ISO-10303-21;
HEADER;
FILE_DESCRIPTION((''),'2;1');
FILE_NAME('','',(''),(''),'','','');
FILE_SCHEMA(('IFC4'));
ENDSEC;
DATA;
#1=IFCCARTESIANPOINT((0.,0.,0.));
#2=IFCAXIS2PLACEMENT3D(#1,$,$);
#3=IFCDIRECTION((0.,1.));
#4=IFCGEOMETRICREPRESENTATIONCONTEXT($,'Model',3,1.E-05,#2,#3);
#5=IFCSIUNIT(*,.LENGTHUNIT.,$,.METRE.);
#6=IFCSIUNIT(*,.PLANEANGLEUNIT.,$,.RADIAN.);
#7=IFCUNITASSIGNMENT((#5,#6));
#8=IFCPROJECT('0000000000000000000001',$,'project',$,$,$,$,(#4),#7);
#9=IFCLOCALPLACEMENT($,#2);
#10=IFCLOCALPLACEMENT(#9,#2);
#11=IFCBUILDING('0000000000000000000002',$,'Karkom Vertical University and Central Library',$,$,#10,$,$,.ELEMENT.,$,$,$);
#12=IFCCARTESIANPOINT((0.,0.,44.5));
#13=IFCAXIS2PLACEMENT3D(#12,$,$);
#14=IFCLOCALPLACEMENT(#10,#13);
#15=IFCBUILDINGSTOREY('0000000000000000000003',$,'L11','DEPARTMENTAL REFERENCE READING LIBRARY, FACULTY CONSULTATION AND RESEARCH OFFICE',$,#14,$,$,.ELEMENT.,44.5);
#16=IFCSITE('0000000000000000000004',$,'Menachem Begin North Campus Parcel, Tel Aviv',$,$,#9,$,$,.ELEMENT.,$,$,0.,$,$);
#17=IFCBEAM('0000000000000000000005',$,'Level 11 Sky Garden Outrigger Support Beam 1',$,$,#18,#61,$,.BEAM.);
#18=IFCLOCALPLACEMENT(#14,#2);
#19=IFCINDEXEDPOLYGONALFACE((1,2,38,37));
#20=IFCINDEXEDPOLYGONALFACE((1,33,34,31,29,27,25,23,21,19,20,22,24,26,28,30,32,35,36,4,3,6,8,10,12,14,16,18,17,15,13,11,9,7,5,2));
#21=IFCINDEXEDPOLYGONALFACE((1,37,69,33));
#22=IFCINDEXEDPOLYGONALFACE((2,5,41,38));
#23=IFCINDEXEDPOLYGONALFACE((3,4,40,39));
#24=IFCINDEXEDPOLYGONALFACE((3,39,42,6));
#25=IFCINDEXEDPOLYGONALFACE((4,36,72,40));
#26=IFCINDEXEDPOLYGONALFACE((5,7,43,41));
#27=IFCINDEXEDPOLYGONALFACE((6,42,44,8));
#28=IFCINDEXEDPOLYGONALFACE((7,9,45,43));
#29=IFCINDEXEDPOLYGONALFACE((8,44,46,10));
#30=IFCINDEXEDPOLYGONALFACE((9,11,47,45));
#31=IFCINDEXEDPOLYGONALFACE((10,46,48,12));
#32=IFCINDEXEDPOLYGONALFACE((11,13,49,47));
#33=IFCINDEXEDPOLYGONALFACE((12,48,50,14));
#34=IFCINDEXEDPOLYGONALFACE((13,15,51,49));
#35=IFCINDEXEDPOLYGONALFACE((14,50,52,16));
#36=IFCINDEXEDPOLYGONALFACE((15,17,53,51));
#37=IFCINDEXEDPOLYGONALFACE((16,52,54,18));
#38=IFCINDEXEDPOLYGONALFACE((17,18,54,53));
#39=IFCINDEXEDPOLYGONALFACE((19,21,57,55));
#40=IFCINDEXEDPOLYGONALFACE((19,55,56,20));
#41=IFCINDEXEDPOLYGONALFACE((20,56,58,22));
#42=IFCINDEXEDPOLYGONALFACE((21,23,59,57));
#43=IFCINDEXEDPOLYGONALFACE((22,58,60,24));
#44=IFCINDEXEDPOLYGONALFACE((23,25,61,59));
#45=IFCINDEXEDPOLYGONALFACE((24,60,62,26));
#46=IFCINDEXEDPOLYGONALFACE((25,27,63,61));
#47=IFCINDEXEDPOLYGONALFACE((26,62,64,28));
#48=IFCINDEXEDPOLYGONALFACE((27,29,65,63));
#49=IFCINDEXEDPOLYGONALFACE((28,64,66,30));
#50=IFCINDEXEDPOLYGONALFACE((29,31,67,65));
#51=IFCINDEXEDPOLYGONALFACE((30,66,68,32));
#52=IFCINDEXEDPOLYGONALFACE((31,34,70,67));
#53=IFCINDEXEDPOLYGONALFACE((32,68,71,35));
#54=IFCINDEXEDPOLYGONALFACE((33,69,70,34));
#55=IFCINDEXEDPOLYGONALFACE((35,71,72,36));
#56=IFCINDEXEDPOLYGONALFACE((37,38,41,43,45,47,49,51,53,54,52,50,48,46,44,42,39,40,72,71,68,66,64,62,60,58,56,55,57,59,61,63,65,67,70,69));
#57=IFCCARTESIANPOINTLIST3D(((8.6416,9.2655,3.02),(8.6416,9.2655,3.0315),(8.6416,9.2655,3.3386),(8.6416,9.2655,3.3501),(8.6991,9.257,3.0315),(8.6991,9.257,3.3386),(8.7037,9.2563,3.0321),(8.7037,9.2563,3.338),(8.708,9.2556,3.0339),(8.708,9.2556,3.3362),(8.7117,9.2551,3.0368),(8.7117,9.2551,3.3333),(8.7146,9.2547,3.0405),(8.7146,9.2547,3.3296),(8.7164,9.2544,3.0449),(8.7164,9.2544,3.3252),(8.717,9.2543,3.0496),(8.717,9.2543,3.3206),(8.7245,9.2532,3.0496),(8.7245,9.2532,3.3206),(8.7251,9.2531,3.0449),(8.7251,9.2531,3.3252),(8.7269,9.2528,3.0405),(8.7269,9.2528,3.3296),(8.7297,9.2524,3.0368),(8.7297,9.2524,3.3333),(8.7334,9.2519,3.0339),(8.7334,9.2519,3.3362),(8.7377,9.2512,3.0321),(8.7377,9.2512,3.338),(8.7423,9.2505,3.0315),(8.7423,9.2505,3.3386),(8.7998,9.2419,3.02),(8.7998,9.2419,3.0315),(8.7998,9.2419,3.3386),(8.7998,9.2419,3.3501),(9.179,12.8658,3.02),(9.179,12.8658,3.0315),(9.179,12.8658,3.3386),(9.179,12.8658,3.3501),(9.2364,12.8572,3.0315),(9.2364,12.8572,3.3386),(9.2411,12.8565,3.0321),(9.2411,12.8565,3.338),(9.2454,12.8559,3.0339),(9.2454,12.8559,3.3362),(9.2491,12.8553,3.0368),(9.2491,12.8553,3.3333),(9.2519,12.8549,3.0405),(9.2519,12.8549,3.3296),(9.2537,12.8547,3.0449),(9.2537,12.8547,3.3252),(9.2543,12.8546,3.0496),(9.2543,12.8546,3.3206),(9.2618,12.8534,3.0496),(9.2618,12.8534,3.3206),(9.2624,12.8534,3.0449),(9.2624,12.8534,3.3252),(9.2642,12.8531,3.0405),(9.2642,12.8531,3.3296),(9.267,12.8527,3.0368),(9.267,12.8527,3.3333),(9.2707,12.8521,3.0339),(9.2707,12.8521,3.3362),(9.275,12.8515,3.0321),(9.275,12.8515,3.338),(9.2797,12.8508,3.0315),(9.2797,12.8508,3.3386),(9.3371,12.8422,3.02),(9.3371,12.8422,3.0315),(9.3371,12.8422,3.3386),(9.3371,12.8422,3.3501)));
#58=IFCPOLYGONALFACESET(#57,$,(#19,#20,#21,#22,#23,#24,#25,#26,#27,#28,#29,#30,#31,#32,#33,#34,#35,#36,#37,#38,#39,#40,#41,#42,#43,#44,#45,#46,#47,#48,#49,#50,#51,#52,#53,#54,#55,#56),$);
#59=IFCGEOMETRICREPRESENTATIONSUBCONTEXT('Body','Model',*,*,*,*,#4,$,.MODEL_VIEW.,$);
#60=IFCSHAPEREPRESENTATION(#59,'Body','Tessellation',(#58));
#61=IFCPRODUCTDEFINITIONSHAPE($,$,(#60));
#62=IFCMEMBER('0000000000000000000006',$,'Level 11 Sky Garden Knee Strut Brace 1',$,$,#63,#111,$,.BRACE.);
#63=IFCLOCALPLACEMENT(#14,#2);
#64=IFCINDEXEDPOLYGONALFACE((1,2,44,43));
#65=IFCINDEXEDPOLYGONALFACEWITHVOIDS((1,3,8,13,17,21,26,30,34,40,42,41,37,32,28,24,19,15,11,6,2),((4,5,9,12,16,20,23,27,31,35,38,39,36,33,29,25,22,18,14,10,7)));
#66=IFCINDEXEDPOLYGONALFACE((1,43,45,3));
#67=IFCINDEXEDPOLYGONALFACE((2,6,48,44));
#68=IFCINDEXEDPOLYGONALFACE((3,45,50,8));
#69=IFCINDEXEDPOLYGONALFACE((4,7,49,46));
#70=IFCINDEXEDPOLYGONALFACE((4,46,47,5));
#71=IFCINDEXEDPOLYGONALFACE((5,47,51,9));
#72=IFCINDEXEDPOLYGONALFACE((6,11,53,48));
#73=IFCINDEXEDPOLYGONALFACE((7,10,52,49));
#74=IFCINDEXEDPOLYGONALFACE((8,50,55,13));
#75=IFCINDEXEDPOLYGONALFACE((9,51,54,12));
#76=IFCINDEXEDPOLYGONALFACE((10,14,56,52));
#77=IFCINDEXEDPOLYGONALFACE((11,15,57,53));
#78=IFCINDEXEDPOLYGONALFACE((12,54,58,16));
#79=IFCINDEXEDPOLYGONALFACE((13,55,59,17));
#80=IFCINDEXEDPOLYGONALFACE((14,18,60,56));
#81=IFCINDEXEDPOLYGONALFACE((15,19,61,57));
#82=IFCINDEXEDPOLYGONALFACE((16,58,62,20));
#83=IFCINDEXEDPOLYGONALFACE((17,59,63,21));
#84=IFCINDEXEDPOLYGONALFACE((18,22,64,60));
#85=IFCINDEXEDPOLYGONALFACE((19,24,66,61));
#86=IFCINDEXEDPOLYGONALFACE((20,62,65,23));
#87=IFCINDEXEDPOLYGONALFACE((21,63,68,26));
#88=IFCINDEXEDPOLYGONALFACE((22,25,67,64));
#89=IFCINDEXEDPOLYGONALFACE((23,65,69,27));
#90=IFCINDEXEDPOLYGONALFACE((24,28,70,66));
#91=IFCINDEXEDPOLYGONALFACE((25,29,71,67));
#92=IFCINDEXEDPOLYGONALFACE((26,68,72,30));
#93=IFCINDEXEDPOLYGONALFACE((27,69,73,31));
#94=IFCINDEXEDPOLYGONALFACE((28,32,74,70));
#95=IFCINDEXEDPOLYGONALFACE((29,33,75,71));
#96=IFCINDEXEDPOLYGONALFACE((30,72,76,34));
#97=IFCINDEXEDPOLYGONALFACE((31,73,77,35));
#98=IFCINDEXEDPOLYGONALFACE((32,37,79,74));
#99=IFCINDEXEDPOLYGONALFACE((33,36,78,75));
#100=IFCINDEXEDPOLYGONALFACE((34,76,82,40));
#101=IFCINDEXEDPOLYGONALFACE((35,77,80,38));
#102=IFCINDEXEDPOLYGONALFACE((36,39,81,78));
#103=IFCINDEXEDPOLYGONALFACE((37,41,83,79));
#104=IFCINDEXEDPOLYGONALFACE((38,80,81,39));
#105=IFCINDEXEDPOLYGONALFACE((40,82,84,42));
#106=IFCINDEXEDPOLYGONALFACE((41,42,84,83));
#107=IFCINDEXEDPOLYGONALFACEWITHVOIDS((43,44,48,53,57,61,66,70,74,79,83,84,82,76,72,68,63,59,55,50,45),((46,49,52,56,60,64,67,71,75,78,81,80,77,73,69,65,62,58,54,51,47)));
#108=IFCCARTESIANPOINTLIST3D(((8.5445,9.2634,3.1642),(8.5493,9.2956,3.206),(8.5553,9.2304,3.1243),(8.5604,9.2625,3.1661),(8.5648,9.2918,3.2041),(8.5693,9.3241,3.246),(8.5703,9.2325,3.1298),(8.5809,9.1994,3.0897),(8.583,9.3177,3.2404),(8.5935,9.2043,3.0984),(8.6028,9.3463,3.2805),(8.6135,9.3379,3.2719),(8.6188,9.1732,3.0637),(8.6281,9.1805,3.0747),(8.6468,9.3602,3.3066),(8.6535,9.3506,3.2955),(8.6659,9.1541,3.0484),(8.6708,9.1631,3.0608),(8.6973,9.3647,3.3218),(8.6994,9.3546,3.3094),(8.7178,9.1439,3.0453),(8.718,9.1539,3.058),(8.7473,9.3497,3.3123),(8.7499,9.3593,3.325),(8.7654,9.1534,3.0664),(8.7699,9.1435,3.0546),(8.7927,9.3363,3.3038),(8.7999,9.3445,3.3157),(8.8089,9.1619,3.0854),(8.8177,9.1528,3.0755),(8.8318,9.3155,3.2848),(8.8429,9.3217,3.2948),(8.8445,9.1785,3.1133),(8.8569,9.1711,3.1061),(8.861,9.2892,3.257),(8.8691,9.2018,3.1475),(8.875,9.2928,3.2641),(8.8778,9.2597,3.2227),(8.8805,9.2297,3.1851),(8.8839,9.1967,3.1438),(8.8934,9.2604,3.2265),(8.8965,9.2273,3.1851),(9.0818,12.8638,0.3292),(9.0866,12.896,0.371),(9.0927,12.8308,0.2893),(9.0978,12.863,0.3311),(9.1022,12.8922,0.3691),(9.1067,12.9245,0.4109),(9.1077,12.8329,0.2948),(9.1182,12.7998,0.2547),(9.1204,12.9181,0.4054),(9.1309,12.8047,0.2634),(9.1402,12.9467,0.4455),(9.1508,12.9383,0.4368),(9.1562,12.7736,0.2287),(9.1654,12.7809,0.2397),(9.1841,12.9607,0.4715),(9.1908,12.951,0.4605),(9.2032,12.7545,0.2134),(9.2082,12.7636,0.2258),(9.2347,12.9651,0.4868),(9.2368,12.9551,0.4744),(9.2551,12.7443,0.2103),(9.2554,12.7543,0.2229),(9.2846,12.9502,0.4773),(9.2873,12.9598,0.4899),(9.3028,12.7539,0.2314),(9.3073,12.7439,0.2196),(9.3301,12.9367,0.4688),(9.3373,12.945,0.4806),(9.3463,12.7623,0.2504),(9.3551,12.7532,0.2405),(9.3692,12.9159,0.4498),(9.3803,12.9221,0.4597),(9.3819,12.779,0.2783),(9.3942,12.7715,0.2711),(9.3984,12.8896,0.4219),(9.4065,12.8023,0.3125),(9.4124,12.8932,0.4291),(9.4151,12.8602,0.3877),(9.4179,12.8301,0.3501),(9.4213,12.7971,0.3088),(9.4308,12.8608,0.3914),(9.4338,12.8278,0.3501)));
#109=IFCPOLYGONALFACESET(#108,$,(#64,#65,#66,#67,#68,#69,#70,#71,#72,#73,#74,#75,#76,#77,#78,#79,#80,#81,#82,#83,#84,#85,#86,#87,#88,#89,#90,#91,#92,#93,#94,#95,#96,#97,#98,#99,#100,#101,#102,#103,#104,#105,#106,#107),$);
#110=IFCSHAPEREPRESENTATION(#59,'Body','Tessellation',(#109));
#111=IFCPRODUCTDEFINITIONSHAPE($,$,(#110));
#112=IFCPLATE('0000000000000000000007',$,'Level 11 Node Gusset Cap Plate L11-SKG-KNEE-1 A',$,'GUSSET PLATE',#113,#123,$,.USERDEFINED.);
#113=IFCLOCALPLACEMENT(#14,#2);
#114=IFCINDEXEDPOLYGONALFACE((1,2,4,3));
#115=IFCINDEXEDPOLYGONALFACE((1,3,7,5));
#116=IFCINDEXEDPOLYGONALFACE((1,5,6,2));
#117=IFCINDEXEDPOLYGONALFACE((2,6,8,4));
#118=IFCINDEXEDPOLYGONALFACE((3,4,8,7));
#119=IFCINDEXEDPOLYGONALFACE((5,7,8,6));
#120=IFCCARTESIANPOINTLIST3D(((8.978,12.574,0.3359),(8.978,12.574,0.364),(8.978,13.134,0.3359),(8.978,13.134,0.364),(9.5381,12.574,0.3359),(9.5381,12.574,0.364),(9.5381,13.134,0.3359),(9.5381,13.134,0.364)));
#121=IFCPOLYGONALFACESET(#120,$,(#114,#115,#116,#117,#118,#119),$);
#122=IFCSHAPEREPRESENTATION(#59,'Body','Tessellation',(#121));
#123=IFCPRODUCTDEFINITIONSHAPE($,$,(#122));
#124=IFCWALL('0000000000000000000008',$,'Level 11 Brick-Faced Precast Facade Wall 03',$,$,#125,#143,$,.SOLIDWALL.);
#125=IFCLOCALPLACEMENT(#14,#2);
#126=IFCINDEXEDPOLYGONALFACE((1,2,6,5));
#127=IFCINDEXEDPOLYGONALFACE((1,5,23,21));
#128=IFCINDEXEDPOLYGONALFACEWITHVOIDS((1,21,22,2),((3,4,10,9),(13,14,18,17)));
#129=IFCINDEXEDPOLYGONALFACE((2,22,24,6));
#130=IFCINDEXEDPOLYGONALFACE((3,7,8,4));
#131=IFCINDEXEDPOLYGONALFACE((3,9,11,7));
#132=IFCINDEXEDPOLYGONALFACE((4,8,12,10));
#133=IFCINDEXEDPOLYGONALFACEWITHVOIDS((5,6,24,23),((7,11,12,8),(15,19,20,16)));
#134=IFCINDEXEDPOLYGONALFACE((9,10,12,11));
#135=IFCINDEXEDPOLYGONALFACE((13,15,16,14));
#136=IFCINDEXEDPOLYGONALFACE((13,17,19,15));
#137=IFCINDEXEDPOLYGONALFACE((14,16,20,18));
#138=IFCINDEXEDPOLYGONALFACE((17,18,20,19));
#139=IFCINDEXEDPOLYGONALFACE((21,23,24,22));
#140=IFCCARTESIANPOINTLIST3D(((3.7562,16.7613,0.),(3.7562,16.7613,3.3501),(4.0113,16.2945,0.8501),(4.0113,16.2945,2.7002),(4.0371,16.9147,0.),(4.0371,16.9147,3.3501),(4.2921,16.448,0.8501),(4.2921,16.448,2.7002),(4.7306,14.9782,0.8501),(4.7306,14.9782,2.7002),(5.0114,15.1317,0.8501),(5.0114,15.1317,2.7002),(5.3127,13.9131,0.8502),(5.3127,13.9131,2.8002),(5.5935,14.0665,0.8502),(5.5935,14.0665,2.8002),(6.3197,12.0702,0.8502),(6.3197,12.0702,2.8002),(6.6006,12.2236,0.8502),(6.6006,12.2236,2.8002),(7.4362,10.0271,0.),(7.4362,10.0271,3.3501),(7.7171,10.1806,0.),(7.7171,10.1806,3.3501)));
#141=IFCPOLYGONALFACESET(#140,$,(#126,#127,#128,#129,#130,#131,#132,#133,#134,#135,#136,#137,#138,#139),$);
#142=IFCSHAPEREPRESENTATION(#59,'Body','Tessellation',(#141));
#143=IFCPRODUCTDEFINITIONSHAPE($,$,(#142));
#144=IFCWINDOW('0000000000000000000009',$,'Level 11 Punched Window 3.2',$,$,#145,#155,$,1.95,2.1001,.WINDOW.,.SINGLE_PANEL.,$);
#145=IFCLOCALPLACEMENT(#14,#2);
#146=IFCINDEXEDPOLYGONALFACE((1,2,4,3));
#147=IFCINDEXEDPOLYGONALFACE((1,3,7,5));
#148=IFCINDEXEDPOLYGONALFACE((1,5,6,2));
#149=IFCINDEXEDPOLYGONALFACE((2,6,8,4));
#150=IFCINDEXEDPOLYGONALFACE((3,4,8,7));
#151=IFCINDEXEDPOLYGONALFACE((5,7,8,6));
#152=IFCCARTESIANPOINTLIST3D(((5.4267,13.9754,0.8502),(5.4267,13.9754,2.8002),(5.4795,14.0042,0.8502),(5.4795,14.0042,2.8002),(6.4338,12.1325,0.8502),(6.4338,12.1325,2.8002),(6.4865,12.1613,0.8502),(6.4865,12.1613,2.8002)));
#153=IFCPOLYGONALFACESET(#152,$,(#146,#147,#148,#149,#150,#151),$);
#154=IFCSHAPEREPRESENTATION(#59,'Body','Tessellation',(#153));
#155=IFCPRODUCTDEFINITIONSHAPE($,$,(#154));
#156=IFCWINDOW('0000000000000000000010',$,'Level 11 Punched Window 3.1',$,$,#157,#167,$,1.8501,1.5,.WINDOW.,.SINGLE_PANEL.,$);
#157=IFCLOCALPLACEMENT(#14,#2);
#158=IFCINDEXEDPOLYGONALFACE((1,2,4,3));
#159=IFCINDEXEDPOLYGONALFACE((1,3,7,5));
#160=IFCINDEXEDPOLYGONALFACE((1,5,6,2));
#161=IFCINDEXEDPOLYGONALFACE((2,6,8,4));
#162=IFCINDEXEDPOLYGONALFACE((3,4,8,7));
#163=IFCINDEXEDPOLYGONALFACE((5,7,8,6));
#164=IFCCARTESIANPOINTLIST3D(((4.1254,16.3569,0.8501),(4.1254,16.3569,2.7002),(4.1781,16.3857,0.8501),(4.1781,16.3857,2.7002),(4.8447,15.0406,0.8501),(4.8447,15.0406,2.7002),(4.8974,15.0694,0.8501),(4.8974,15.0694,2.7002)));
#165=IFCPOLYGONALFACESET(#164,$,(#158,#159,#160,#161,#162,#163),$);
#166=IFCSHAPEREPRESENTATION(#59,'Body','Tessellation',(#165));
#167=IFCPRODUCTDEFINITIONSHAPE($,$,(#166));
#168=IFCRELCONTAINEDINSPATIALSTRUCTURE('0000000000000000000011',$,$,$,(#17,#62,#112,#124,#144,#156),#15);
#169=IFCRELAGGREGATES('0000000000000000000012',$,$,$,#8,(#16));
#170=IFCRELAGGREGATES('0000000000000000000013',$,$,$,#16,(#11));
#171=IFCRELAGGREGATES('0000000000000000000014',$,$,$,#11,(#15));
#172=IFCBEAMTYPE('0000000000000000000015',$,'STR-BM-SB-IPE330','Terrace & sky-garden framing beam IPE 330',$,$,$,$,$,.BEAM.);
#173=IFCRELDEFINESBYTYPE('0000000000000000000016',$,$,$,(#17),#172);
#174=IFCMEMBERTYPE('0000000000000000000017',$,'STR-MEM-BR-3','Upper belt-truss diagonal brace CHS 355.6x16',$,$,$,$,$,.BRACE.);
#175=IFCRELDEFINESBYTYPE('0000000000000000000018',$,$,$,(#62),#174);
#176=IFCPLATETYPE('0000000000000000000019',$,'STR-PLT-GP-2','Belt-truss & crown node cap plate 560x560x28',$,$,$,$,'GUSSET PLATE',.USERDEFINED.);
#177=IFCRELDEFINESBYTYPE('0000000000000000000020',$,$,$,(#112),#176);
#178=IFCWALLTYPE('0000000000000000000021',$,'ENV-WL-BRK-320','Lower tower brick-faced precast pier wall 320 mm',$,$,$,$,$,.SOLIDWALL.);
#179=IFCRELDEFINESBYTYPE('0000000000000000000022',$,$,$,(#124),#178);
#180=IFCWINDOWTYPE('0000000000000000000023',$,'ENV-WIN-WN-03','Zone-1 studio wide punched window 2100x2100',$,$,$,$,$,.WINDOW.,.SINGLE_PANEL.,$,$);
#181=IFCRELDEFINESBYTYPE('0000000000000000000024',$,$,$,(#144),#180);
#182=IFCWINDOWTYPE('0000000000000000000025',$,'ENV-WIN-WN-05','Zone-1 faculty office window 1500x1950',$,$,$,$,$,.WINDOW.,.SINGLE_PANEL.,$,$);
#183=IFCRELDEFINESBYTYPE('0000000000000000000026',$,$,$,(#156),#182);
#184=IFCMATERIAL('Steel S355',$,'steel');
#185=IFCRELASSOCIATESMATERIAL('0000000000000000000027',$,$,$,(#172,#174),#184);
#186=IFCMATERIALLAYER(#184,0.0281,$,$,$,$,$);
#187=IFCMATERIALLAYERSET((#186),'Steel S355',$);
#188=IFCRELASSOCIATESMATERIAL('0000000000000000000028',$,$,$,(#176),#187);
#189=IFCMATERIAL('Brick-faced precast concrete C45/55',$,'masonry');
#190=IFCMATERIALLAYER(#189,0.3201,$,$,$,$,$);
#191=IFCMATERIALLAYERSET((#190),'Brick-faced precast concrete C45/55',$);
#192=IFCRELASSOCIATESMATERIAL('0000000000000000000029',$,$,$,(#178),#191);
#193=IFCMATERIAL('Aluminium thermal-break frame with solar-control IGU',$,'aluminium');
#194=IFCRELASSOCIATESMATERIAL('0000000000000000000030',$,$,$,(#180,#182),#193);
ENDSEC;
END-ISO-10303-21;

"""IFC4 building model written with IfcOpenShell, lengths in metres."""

from ifc_helpers import new_model, si_unit, direction, frame, frame_2d, origin, origin_with_axes, origin_2d, place, context, subcontext, project, spatial, rectangle, hollow_circle, i_section, extrude, source, transform, mapped, material, layer, layer_set, material_profile, profile_set, type_object, element, fill, save


model = new_model("IFC4")

# Units and contexts
model_context = context("Model", 3, precision=1e-05, world=origin(), true_north=direction((0.0, 1.0)))
body_context = subcontext(model_context, "Body", "Model", "MODEL_VIEW")
ifc_project = project(units=[si_unit("LENGTHUNIT", "METRE"), si_unit("PLANEANGLEUNIT", "RADIAN")], contexts=[model_context])

# Site, building, storey
site_placement = place(None, origin())
site = spatial("IfcSite", under=ifc_project, at=site_placement, Name="Menachem Begin North Campus Parcel, Tel Aviv", CompositionType="ELEMENT", RefElevation=0.0)
building_placement = place(site_placement, origin())
building = spatial("IfcBuilding", under=site, at=building_placement, Name="Karkom Vertical University and Central Library", CompositionType="ELEMENT")
storey_placement = place(building_placement, frame((0.0, 0.0, 44.5)))
storey = spatial("IfcBuildingStorey", under=building, at=storey_placement, Name="L11", Description="DEPARTMENTAL REFERENCE READING LIBRARY, FACULTY CONSULTATION AND RESEARCH OFFICE", CompositionType="ELEMENT", Elevation=44.5)

# Beam
ifc_material_1 = material(Name="Steel S355", Category="steel")
ifc_material_profile_1 = material_profile(ifc_material_1, i_section(OverallWidth=0.1599, OverallDepth=0.3301, WebThickness=0.0076, FlangeThickness=0.0115, FilletRadius=0.0181, at=origin_2d()), Name="IPE 330")
ifc_profile_set_1 = profile_set([ifc_material_profile_1], Name="Steel S355")
beam_type_1 = type_object("IfcBeamType", Name="STR-BM-SB-IPE330", Description="Terrace & sky-garden framing beam IPE 330", PredefinedType="BEAM", material=ifc_profile_set_1)
shared_shape_1 = source(origin_with_axes(), body_context, "Body", "SweptSolid", [
    extrude(i_section(OverallWidth=0.1599, OverallDepth=0.3301, WebThickness=0.0076, FlangeThickness=0.0115, FilletRadius=0.0181, at=origin_2d()), origin(), (0.0, 0.0, 1.0), 3.6401),
])
beam_1_placement = place(storey_placement, frame((9.2581, 12.854, 3.1851), z_axis=(-0.147616, -0.989045, 0.0), x_axis=(0.989045, -0.147616, 0.0)))
element("IfcBeam", 1, at=beam_1_placement, inside=storey, type_object=beam_type_1, Name="Level 11 Sky Garden Outrigger Support Beam 1", PredefinedType="BEAM", context=body_context, shape_type="MappedRepresentation", body=[
    mapped(shared_shape_1, transform((0.0, 0.0, 0.0), scale=1.0)),
])

# Member
ifc_material_profile_2 = material_profile(ifc_material_1, hollow_circle(Radius=0.1777, WallThickness=0.0161, at=origin_2d()), Name="CHS 355.6x16")
ifc_profile_set_2 = profile_set([ifc_material_profile_2], Name="Steel S355")
member_type = type_object("IfcMemberType", Name="STR-MEM-BR-3", Description="Upper belt-truss diagonal brace CHS 355.6x16", PredefinedType="BRACE", material=ifc_profile_set_2)
shared_shape_2 = source(origin_with_axes(), body_context, "Body", "SweptSolid", [
    extrude(hollow_circle(Radius=0.1777, WallThickness=0.0161, at=origin_2d()), origin(), (0.0, 0.0, 1.0), 4.614),
])
member_placement = place(storey_placement, frame((9.2581, 12.854, 0.3501), z_axis=(-0.116464, -0.780322, 0.614437), x_axis=(0.989045, -0.147616, 0.0)))
element("IfcMember", 2, at=member_placement, inside=storey, type_object=member_type, Name="Level 11 Sky Garden Knee Strut Brace 1", PredefinedType="BRACE", context=body_context, shape_type="MappedRepresentation", body=[
    mapped(shared_shape_2, transform((0.0, 0.0, 0.0), scale=1.0)),
])

# Plate
ifc_layer_1 = layer(ifc_material_1, 0.0281)
ifc_layer_set_1 = layer_set([ifc_layer_1], Name="Steel S355")
plate_type = type_object("IfcPlateType", Name="STR-PLT-GP-2", Description="Belt-truss & crown node cap plate 560x560x28", ElementType="GUSSET PLATE", PredefinedType="USERDEFINED", material=ifc_layer_set_1)
shared_shape_3 = source(origin_with_axes(), body_context, "Body", "SweptSolid", [
    extrude(rectangle(XDim=0.5601, YDim=0.5601, at=origin_2d()), origin(), (0.0, 0.0, 1.0), 0.0281),
])
plate_placement = place(storey_placement, frame((9.2581, 12.854, 0.3359), z_axis=(0.0, 0.0, 1.0), x_axis=(1.0, 0.0, 0.0)))
element("IfcPlate", 3, at=plate_placement, inside=storey, type_object=plate_type, Name="Level 11 Node Gusset Cap Plate L11-SKG-KNEE-1 A", ObjectType="GUSSET PLATE", PredefinedType="USERDEFINED", context=body_context, shape_type="MappedRepresentation", body=[
    mapped(shared_shape_3, transform((0.0, 0.0, 0.0), scale=1.0)),
])

# Wall, openings, windows
ifc_material_2 = material(Name="Brick-faced precast concrete C45/55", Category="masonry")
ifc_layer_2 = layer(ifc_material_2, 0.3201)
ifc_layer_set_2 = layer_set([ifc_layer_2], Name="Brick-faced precast concrete C45/55")
wall_type_1 = type_object("IfcWallType", Name="ENV-WL-BRK-320", Description="Lower tower brick-faced precast pier wall 320 mm", PredefinedType="SOLIDWALL", material=ifc_layer_set_2)
wall_1_placement = place(storey_placement, frame((3.8967, 16.8379, 0.0), z_axis=(0.0, 0.0, 1.0), x_axis=(0.479532, -0.877524, 0.0)))
wall_1 = element("IfcWall", 4, at=wall_1_placement, inside=storey, type_object=wall_type_1, Name="Level 11 Brick-Faced Precast Facade Wall 03", PredefinedType="SOLIDWALL", context=body_context, shape_type="SweptSolid", body=[
    extrude(rectangle(XDim=7.6741, YDim=0.3201, at=frame_2d((3.8369, 0.0))), origin(), (0.0, 0.0, 1.0), 3.3501),
])
opening_1_placement = place(wall_1_placement, frame((0.5317, 0.0, 0.8501)))
opening_1 = element("IfcOpeningElement", 5, at=opening_1_placement, cuts=wall_1, PredefinedType="OPENING", context=body_context, shape_type="SweptSolid", body=[
    extrude(rectangle(XDim=1.5, YDim=1.8501, at=frame_2d((0.75, 0.925))), frame((0.0, 0.1699, 0.0), z_axis=(0.0, -1.0, 0.0), x_axis=(1.0, 0.0, 0.0)), (0.0, 0.0, 1.0), 0.3401),
])
opening_2_placement = place(wall_1_placement, frame((3.2456, 0.0, 0.8501)))
opening_2 = element("IfcOpeningElement", 6, at=opening_2_placement, cuts=wall_1, PredefinedType="OPENING", context=body_context, shape_type="SweptSolid", body=[
    extrude(rectangle(XDim=2.1001, YDim=1.95, at=frame_2d((1.05, 0.9751))), frame((0.0, 0.1699, 0.0), z_axis=(0.0, -1.0, 0.0), x_axis=(1.0, 0.0, 0.0)), (0.0, 0.0, 1.0), 0.3401),
])
ifc_material_3 = material(Name="Aluminium thermal-break frame with solar-control IGU", Category="aluminium")
window_type_1 = type_object("IfcWindowType", Name="ENV-WIN-WN-03", Description="Zone-1 studio wide punched window 2100x2100", PartitioningType="SINGLE_PANEL", PredefinedType="WINDOW", material=ifc_material_3)
shared_shape_4 = source(origin_with_axes(), body_context, "Body", "SweptSolid", [
    extrude(rectangle(XDim=2.1001, YDim=1.95, at=frame_2d((1.05, 0.9751))), frame((0.0, 0.03, 0.0), z_axis=(0.0, -1.0, 0.0), x_axis=(1.0, 0.0, 0.0)), (0.0, 0.0, 1.0), 0.0601),
])
window_1_placement = place(opening_2_placement, origin())
window_1 = element("IfcWindow", 7, at=window_1_placement, inside=storey, type_object=window_type_1, Name="Level 11 Punched Window 3.2", OverallHeight=1.95, OverallWidth=2.1001, PartitioningType="SINGLE_PANEL", PredefinedType="WINDOW", context=body_context, shape_type="MappedRepresentation", body=[
    mapped(shared_shape_4, transform((0.0, 0.0, 0.0), scale=1.0)),
])
fill(opening_2, window_1)
window_type_2 = type_object("IfcWindowType", Name="ENV-WIN-WN-05", Description="Zone-1 faculty office window 1500x1950", PartitioningType="SINGLE_PANEL", PredefinedType="WINDOW", material=ifc_material_3)
shared_shape_5 = source(origin_with_axes(), body_context, "Body", "SweptSolid", [
    extrude(rectangle(XDim=1.5, YDim=1.8501, at=frame_2d((0.75, 0.925))), frame((0.0, 0.03, 0.0), z_axis=(0.0, -1.0, 0.0), x_axis=(1.0, 0.0, 0.0)), (0.0, 0.0, 1.0), 0.0601),
])
window_2_placement = place(opening_1_placement, origin())
window_2 = element("IfcWindow", 8, at=window_2_placement, inside=storey, type_object=window_type_2, Name="Level 11 Punched Window 3.1", OverallHeight=1.8501, OverallWidth=1.5, PartitioningType="SINGLE_PANEL", PredefinedType="WINDOW", context=body_context, shape_type="MappedRepresentation", body=[
    mapped(shared_shape_5, transform((0.0, 0.0, 0.0), scale=1.0)),
])
fill(opening_1, window_2)

save(model, "model.ifc")
